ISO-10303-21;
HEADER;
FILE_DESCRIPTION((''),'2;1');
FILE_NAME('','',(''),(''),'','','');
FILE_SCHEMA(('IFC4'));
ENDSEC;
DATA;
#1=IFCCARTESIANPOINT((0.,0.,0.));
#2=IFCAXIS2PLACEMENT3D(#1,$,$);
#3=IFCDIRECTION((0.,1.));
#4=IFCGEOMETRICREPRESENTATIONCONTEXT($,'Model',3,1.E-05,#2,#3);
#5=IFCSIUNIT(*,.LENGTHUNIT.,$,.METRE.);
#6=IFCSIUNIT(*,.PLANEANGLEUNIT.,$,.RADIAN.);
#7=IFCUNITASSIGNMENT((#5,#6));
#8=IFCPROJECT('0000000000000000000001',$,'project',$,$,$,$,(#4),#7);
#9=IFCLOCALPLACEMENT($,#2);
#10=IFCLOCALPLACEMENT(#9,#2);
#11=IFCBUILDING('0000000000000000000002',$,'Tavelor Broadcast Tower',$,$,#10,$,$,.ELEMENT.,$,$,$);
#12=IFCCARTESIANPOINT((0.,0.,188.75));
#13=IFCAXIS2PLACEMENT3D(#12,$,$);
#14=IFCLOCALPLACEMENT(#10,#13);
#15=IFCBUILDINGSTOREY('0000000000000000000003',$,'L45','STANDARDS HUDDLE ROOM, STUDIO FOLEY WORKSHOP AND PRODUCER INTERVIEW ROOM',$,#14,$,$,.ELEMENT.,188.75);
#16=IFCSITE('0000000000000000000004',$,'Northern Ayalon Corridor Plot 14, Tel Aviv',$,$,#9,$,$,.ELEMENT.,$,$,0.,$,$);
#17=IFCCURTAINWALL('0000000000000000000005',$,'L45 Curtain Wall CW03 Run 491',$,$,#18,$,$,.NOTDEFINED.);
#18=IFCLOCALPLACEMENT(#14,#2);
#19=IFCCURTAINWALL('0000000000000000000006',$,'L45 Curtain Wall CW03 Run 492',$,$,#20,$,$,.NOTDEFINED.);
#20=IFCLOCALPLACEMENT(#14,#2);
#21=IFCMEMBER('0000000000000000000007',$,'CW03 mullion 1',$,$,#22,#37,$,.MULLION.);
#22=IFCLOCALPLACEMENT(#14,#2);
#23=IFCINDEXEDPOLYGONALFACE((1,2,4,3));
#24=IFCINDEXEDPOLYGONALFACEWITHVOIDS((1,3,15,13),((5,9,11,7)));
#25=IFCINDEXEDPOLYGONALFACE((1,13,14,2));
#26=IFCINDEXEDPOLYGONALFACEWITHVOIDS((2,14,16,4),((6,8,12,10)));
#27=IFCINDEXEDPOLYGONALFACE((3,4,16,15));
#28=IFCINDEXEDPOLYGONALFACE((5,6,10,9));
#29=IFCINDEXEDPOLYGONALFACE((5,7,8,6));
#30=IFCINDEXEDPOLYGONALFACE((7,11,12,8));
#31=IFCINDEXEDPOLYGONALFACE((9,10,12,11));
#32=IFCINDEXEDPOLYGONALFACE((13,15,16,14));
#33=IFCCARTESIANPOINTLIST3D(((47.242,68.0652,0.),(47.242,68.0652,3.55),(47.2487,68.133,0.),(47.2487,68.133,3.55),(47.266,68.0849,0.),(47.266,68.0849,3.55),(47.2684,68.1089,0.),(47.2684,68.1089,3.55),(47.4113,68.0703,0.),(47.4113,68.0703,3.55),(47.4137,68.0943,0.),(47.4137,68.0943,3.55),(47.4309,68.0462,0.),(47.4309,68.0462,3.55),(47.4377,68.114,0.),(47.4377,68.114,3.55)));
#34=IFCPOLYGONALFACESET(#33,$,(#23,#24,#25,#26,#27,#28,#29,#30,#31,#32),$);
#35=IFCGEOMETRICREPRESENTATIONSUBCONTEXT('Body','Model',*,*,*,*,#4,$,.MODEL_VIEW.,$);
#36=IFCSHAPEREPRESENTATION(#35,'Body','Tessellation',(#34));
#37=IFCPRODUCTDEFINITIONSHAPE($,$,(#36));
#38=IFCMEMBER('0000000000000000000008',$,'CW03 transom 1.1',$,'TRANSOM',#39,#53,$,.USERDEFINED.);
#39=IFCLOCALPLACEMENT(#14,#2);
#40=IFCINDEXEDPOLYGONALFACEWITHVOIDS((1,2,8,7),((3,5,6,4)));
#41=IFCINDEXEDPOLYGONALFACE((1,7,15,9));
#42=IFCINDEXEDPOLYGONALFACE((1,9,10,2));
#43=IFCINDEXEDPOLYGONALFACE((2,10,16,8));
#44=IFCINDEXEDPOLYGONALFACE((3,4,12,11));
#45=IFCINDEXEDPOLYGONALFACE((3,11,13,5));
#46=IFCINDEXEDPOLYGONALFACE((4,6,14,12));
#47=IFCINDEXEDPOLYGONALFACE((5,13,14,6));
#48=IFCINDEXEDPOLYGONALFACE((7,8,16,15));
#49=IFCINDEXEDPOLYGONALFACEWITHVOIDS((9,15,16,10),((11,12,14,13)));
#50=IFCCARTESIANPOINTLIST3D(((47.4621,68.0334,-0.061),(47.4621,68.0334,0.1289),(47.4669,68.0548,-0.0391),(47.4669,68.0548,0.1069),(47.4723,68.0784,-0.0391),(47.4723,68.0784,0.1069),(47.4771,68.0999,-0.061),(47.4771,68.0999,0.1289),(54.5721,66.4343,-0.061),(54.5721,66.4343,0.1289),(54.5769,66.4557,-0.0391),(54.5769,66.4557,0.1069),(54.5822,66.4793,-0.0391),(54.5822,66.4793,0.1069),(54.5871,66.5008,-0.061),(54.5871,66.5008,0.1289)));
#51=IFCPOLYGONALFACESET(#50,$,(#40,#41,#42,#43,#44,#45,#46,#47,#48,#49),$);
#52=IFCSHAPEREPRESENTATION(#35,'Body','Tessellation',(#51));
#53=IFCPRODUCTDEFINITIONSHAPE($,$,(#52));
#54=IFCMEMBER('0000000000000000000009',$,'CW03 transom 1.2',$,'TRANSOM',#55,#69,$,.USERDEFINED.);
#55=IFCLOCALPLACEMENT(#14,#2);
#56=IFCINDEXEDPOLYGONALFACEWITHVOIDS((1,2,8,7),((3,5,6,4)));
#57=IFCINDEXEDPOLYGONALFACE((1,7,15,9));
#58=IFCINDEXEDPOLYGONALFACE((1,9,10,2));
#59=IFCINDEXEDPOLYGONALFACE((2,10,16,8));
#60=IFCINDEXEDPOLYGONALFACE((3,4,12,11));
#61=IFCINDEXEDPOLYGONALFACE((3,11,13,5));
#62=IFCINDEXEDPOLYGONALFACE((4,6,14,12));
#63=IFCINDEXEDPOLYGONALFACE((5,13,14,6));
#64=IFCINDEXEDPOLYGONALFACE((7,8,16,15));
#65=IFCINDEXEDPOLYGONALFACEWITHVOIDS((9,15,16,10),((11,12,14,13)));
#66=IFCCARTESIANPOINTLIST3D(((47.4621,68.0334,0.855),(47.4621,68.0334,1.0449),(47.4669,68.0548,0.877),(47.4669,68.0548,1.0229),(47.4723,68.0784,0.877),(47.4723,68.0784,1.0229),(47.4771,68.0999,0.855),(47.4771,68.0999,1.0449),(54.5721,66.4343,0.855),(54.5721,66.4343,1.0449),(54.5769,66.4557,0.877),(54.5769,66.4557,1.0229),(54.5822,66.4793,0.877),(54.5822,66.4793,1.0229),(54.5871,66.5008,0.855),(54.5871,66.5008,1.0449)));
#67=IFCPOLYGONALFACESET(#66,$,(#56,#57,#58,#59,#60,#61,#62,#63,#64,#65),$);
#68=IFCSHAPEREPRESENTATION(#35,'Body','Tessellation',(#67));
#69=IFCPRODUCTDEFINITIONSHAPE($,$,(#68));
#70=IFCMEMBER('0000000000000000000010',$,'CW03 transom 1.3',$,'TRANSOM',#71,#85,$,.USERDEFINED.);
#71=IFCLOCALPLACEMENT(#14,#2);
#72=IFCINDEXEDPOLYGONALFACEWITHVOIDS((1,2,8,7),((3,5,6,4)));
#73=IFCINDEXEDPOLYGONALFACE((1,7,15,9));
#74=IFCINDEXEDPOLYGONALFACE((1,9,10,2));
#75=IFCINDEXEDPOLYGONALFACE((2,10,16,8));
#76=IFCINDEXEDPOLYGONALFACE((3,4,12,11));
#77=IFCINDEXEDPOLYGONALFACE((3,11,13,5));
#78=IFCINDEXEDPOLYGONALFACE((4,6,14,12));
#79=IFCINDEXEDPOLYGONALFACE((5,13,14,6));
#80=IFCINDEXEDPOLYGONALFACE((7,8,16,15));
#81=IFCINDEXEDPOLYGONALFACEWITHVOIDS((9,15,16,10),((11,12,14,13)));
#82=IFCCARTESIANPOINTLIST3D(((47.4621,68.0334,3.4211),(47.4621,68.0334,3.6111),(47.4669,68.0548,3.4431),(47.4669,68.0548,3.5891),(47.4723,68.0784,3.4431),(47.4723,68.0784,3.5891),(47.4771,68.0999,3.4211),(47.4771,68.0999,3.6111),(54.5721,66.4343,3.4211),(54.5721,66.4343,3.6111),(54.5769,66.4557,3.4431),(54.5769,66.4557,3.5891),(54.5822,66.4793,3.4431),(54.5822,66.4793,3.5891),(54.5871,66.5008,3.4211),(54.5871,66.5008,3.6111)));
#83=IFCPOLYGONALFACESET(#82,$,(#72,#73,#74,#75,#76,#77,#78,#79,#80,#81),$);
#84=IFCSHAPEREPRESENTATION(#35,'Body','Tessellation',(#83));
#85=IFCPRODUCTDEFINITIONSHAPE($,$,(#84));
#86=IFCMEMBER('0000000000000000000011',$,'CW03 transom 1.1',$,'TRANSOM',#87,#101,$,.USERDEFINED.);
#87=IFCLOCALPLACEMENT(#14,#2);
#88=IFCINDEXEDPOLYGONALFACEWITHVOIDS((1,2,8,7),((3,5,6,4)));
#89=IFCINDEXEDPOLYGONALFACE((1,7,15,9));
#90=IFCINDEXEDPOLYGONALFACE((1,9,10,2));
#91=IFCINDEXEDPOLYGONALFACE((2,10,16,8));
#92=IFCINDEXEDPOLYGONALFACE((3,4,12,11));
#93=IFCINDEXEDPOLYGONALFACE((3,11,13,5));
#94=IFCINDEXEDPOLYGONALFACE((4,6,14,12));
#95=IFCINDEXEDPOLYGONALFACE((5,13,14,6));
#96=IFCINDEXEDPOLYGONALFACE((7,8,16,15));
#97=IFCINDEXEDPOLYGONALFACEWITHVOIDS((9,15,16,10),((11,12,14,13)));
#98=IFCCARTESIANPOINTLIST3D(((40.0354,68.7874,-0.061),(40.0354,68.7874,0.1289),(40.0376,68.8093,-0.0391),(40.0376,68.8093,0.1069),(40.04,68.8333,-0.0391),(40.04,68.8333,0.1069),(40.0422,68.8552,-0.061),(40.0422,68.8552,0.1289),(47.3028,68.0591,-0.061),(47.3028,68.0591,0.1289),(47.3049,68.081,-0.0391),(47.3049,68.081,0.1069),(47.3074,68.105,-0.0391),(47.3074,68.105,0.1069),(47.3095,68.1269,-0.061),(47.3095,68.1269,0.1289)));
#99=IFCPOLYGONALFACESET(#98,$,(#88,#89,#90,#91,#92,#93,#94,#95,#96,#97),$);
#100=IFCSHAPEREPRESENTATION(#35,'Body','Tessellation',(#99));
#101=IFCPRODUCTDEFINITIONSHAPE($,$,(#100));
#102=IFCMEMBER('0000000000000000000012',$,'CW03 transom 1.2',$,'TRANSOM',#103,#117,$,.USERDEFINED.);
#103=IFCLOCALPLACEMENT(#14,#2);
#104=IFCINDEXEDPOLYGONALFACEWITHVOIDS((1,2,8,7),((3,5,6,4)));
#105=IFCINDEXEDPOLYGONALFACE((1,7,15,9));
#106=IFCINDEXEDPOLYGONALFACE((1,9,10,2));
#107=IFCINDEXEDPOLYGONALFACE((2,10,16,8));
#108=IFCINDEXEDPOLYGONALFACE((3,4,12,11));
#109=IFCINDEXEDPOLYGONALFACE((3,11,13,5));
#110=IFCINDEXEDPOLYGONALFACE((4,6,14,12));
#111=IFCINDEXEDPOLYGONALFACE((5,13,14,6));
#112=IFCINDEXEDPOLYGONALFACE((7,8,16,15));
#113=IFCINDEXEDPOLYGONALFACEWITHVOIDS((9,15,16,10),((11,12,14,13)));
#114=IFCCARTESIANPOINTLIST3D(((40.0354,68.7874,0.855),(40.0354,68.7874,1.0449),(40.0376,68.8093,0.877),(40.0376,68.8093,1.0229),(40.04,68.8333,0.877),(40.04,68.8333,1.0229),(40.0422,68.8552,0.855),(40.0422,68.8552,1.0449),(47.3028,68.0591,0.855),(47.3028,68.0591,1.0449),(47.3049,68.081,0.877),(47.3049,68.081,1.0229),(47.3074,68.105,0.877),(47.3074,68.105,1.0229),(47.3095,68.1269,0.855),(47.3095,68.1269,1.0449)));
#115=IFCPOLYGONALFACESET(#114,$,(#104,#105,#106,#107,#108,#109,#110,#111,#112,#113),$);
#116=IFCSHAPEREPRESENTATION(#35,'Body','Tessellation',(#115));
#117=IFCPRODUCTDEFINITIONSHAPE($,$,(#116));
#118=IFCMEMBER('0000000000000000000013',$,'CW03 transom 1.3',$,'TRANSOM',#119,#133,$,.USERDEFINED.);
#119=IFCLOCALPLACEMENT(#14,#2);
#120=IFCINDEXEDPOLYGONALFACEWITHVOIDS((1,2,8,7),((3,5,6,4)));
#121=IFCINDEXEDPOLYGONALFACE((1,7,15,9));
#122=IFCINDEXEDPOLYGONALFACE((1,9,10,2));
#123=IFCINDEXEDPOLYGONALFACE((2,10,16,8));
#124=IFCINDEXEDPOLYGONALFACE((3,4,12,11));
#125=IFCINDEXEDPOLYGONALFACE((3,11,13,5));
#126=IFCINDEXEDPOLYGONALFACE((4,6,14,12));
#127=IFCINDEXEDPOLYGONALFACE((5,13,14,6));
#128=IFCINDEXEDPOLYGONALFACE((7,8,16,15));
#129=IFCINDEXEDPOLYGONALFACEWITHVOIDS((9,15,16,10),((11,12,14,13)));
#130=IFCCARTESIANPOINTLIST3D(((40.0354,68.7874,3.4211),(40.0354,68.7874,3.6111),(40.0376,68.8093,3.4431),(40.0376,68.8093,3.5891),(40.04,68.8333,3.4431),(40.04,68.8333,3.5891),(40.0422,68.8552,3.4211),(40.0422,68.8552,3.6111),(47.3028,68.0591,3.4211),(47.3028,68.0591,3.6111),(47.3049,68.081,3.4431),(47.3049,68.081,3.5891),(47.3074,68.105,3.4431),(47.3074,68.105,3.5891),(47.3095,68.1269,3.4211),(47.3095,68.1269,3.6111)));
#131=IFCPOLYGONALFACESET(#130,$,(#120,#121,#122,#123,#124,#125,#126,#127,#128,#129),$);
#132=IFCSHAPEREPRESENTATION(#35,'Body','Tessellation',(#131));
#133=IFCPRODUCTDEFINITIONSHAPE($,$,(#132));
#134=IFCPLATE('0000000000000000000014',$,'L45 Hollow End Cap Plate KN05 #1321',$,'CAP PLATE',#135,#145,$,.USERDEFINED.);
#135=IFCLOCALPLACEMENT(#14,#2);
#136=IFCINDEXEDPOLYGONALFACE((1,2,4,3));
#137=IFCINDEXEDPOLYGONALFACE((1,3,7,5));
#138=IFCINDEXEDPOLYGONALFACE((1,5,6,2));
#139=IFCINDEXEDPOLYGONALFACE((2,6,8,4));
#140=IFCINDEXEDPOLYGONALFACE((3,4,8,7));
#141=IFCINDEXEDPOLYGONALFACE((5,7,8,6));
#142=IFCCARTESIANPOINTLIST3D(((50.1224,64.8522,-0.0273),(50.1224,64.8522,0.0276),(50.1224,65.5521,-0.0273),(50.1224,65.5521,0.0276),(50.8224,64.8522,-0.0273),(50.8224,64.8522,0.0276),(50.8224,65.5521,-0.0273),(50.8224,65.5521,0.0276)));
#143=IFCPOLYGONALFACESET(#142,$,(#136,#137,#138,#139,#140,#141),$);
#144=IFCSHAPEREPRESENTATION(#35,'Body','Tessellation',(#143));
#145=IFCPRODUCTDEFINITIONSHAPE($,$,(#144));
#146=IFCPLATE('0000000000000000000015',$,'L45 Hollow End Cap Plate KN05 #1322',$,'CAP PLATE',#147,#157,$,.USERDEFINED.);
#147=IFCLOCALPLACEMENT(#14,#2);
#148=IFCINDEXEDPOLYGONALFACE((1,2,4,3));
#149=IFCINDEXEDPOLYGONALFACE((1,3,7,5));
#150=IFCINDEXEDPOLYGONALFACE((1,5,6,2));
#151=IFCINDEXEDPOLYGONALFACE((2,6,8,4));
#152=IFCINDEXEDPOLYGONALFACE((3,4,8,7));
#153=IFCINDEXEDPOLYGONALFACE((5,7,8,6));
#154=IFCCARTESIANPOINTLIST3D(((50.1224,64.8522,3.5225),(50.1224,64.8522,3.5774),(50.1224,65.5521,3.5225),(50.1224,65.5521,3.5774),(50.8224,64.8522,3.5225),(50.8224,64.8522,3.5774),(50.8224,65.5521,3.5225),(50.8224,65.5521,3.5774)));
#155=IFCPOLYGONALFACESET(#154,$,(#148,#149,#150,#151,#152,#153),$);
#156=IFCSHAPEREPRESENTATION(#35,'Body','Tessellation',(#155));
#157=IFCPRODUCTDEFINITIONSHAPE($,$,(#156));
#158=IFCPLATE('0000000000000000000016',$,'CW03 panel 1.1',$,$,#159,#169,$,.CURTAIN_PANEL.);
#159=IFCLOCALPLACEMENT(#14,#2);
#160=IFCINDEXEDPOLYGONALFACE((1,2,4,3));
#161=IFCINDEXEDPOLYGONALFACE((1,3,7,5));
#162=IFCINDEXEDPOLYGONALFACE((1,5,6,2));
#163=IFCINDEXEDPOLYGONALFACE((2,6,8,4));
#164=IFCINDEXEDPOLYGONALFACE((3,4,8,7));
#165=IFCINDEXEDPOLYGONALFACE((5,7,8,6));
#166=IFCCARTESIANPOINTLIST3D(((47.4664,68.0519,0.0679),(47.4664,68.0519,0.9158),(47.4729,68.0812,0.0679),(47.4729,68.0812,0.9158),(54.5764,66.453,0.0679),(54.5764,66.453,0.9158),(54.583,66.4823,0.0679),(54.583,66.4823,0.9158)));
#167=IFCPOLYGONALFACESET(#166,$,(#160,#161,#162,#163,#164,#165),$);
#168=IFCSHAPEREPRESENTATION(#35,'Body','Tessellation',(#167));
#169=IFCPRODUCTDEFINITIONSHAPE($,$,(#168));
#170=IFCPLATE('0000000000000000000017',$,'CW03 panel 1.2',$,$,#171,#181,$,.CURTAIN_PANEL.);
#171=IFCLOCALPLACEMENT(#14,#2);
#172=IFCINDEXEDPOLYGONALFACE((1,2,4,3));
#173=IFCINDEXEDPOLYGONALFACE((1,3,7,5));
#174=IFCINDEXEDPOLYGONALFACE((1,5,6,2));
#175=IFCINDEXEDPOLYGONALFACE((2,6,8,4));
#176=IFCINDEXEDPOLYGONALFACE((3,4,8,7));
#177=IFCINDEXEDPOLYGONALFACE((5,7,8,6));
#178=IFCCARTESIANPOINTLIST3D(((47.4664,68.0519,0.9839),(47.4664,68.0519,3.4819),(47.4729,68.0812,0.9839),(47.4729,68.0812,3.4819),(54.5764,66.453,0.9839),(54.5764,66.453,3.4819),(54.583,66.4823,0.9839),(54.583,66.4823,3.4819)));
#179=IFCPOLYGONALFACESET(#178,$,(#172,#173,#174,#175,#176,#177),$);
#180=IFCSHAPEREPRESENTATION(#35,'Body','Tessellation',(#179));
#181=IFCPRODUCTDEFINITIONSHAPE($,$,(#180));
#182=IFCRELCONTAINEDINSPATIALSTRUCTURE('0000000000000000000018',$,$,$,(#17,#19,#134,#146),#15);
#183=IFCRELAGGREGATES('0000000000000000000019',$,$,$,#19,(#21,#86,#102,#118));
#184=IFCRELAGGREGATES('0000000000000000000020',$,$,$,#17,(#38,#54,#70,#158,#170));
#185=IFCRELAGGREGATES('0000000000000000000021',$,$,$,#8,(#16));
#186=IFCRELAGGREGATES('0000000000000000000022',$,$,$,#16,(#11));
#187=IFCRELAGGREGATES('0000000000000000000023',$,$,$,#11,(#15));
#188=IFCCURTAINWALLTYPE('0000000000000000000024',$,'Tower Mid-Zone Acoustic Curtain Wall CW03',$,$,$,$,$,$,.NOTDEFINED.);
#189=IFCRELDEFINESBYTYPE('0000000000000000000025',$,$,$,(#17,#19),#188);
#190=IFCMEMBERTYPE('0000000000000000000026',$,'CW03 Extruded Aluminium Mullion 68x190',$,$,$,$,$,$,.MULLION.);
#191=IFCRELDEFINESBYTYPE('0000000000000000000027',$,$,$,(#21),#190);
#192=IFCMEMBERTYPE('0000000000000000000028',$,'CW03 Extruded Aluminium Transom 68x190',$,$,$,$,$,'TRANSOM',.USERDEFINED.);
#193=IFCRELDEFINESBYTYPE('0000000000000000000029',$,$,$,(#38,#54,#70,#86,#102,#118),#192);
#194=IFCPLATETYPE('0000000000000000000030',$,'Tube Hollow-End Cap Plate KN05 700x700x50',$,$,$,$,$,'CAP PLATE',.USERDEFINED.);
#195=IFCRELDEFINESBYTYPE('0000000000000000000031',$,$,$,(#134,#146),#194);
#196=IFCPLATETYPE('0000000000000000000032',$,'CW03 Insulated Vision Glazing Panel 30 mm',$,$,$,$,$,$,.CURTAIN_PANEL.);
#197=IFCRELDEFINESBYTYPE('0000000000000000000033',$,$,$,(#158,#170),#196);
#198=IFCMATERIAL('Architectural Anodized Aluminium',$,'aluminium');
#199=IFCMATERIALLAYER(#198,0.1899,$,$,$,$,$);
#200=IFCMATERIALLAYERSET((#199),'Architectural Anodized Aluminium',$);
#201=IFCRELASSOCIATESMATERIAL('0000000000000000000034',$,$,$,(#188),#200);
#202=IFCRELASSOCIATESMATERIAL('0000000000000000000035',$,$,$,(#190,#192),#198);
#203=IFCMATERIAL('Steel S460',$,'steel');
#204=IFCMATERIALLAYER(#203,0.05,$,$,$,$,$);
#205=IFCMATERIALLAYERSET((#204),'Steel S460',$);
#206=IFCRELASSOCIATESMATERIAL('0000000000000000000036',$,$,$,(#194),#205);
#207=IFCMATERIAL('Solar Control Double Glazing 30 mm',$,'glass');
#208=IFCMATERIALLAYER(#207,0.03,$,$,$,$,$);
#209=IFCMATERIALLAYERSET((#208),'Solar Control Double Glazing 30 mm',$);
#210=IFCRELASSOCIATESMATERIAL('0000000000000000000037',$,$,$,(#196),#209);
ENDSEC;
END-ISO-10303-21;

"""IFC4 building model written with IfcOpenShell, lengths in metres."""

from ifc_helpers import new_model, si_unit, direction, frame, origin, origin_2d, place, context, subcontext, project, spatial, rectangle, hollow_rectangle, extrude, source, transform, mapped, material, layer, layer_set, material_profile, profile_set, type_object, type_shapes, element, aggregate, save


model = new_model("IFC4")

# Units and contexts
model_context = context("Model", 3, precision=1e-05, world=origin(), true_north=direction((0.0, 1.0)))
body_context = subcontext(model_context, "Body", "Model", "MODEL_VIEW")
ifc_project = project(units=[si_unit("LENGTHUNIT", "METRE"), si_unit("PLANEANGLEUNIT", "RADIAN")], contexts=[model_context])

# Site, building, storey
site_placement = place(None, origin())
site = spatial("IfcSite", under=ifc_project, at=site_placement, Name="Northern Ayalon Corridor Plot 14, Tel Aviv", CompositionType="ELEMENT", RefElevation=0.0)
building_placement = place(site_placement, origin())
building = spatial("IfcBuilding", under=site, at=building_placement, Name="Tavelor Broadcast Tower", CompositionType="ELEMENT")
storey_placement = place(building_placement, frame((0.0, 0.0, 188.75)))
storey = spatial("IfcBuildingStorey", under=building, at=storey_placement, Name="L45", Description="STANDARDS HUDDLE ROOM, STUDIO FOLEY WORKSHOP AND PRODUCER INTERVIEW ROOM", CompositionType="ELEMENT", Elevation=188.75)

# Shared definitions
ifc_material_1 = material(Name="Steel S460", Category="steel")

# Shared definitions
ifc_material_2 = material(Name="Architectural Anodized Aluminium", Category="aluminium")
ifc_layer_1 = layer(ifc_material_2, 0.1899)
ifc_layer_set_1 = layer_set([ifc_layer_1], Name="Architectural Anodized Aluminium")
curtain_wall_type = type_object("IfcCurtainWallType", Name="Tower Mid-Zone Acoustic Curtain Wall CW03", PredefinedType="NOTDEFINED", material=ifc_layer_set_1)
ifc_material_profile_1 = material_profile(ifc_material_2, hollow_rectangle(XDim=0.0681, YDim=0.1899, WallThickness=0.022, at=origin_2d()), Name="RHS 68x190x22")
ifc_profile_set_1 = profile_set([ifc_material_profile_1], Name="Architectural Anodized Aluminium")
member_type_1 = type_object("IfcMemberType", Name="CW03 Extruded Aluminium Mullion 68x190", PredefinedType="MULLION", material=ifc_profile_set_1)
shared_shape_1 = source(origin(), body_context, "Body", "SweptSolid", [
    extrude(hollow_rectangle(XDim=0.0681, YDim=0.1899, WallThickness=0.022, at=origin_2d()), origin(), (0.0, 0.0, 1.0), 3.55),
])
type_shapes(member_type_1, [shared_shape_1])

# Curtain wall
curtain_wall_1_placement = place(storey_placement, origin())
curtain_wall_1 = element("IfcCurtainWall", 1, at=curtain_wall_1_placement, inside=storey, type_object=curtain_wall_type, Name="L45 Curtain Wall CW03 Run 491", PredefinedType="NOTDEFINED")

# Curtain wall, member
curtain_wall_2_placement = place(storey_placement, origin())
curtain_wall_2 = element("IfcCurtainWall", 2, at=curtain_wall_2_placement, inside=storey, type_object=curtain_wall_type, Name="L45 Curtain Wall CW03 Run 492", PredefinedType="NOTDEFINED")
member_1_placement = place(storey_placement, frame((47.3398, 68.0896, 0.0), z_axis=(0.0, 0.0, 1.0), x_axis=(-0.099723, -0.995015, 0.0)))
member_1 = element("IfcMember", 3, at=member_1_placement, type_object=member_type_1, Name="CW03 mullion 1", PredefinedType="MULLION", context=body_context, shape_type="MappedRepresentation", body=[
    mapped(shared_shape_1, transform((0.0, 0.0, 0.0), scale=1.0)),
])

# Members
ifc_material_profile_2 = material_profile(ifc_material_2, hollow_rectangle(XDim=0.0681, YDim=0.1899, WallThickness=0.022, at=origin_2d()), Name="RHS 68x190x22")
ifc_profile_set_2 = profile_set([ifc_material_profile_2], Name="Architectural Anodized Aluminium")
member_type_2 = type_object("IfcMemberType", Name="CW03 Extruded Aluminium Transom 68x190", ElementType="TRANSOM", PredefinedType="USERDEFINED", material=ifc_profile_set_2)
shared_shape_2 = source(origin(), body_context, "Body", "SweptSolid", [
    extrude(hollow_rectangle(XDim=0.0681, YDim=0.1899, WallThickness=0.022, at=origin_2d()), origin(), (0.0, 0.0, 1.0), 7.2876),
])
member_2_placement = place(storey_placement, frame((54.5796, 66.4675, 0.0339), z_axis=(-0.975629, 0.219427, 0.0), x_axis=(-0.219427, -0.975629, 0.0)))
member_2 = element("IfcMember", 4, at=member_2_placement, type_object=member_type_2, Name="CW03 transom 1.1", ObjectType="TRANSOM", PredefinedType="USERDEFINED", context=body_context, shape_type="MappedRepresentation", body=[
    mapped(shared_shape_2, transform((0.0, 0.0, 0.0), scale=1.0)),
])
member_3_placement = place(storey_placement, frame((54.5796, 66.4675, 0.95), z_axis=(-0.975629, 0.219427, 0.0), x_axis=(-0.219427, -0.975629, 0.0)))
member_3 = element("IfcMember", 5, at=member_3_placement, type_object=member_type_2, Name="CW03 transom 1.2", ObjectType="TRANSOM", PredefinedType="USERDEFINED", context=body_context, shape_type="MappedRepresentation", body=[
    mapped(shared_shape_2, transform((0.0, 0.0, 0.0), scale=1.0)),
])
member_4_placement = place(storey_placement, frame((54.5796, 66.4675, 3.5161), z_axis=(-0.975629, 0.219427, 0.0), x_axis=(-0.219427, -0.975629, 0.0)))
member_4 = element("IfcMember", 6, at=member_4_placement, type_object=member_type_2, Name="CW03 transom 1.3", ObjectType="TRANSOM", PredefinedType="USERDEFINED", context=body_context, shape_type="MappedRepresentation", body=[
    mapped(shared_shape_2, transform((0.0, 0.0, 0.0), scale=1.0)),
])
shared_shape_3 = source(origin(), body_context, "Body", "SweptSolid", [
    extrude(hollow_rectangle(XDim=0.0681, YDim=0.1899, WallThickness=0.022, at=origin_2d()), origin(), (0.0, 0.0, 1.0), 7.3037),
])
type_shapes(member_type_2, [shared_shape_2, shared_shape_3])
member_5_placement = place(storey_placement, frame((47.3062, 68.093, 0.0339), z_axis=(-0.995016, 0.099712, 0.0), x_axis=(-0.099712, -0.995016, 0.0)))
member_5 = element("IfcMember", 7, at=member_5_placement, type_object=member_type_2, Name="CW03 transom 1.1", ObjectType="TRANSOM", PredefinedType="USERDEFINED", context=body_context, shape_type="MappedRepresentation", body=[
    mapped(shared_shape_3, transform((0.0, 0.0, 0.0), scale=1.0)),
])
member_6_placement = place(storey_placement, frame((47.3062, 68.093, 0.95), z_axis=(-0.995016, 0.099712, 0.0), x_axis=(-0.099712, -0.995016, 0.0)))
member_6 = element("IfcMember", 8, at=member_6_placement, type_object=member_type_2, Name="CW03 transom 1.2", ObjectType="TRANSOM", PredefinedType="USERDEFINED", context=body_context, shape_type="MappedRepresentation", body=[
    mapped(shared_shape_3, transform((0.0, 0.0, 0.0), scale=1.0)),
])
member_7_placement = place(storey_placement, frame((47.3062, 68.093, 3.5161), z_axis=(-0.995016, 0.099712, 0.0), x_axis=(-0.099712, -0.995016, 0.0)))
member_7 = element("IfcMember", 9, at=member_7_placement, type_object=member_type_2, Name="CW03 transom 1.3", ObjectType="TRANSOM", PredefinedType="USERDEFINED", context=body_context, shape_type="MappedRepresentation", body=[
    mapped(shared_shape_3, transform((0.0, 0.0, 0.0), scale=1.0)),
])
aggregate(curtain_wall_2, [member_1, member_5, member_6, member_7])

# Plates
ifc_layer_2 = layer(ifc_material_1, 0.05)
ifc_layer_set_2 = layer_set([ifc_layer_2], Name="Steel S460")
plate_type_1 = type_object("IfcPlateType", Name="Tube Hollow-End Cap Plate KN05 700x700x50", ElementType="CAP PLATE", PredefinedType="USERDEFINED", material=ifc_layer_set_2)
shared_shape_4 = source(origin(), body_context, "Body", "SweptSolid", [
    extrude(rectangle(XDim=0.7, YDim=0.7, at=origin_2d()), origin(), (0.0, 0.0, 1.0), 0.0549),
])
type_shapes(plate_type_1, [shared_shape_4])
for number, where, z_axis, x_axis, name in (
    (10, (50.4724, 65.2021, -0.0273), (0.0, 0.0, 1.0), (1.0, 0.0, 0.0), "L45 Hollow End Cap Plate KN05 #1321"),
    (11, (50.4724, 65.2021, 3.5225), (0.0, 0.0, 1.0), (1.0, 0.0, 0.0), "L45 Hollow End Cap Plate KN05 #1322"),
):
    element("IfcPlate", number, at=place(storey_placement, frame(where, z_axis=z_axis, x_axis=x_axis)), inside=storey, type_object=plate_type_1, Name=name, ObjectType="CAP PLATE", PredefinedType="USERDEFINED", context=body_context, shape_type="MappedRepresentation", body=[
        mapped(shared_shape_4, transform((0.0, 0.0, 0.0), scale=1.0)),
    ])

# Plates
ifc_material_3 = material(Name="Solar Control Double Glazing 30 mm", Category="glass")
ifc_layer_3 = layer(ifc_material_3, 0.03)
ifc_layer_set_3 = layer_set([ifc_layer_3], Name="Solar Control Double Glazing 30 mm")
plate_type_2 = type_object("IfcPlateType", Name="CW03 Insulated Vision Glazing Panel 30 mm", PredefinedType="CURTAIN_PANEL", material=ifc_layer_set_3)
shared_shape_5 = source(origin(), body_context, "Body", "SweptSolid", [
    extrude(rectangle(XDim=7.2876, YDim=0.03, at=origin_2d()), origin(), (0.0, 0.0, 1.0), 0.8479),
])
plate_1_placement = place(storey_placement, frame((51.0247, 67.2671, 0.0679), z_axis=(0.0, 0.0, 1.0), x_axis=(-0.975634, 0.219406, 0.0)))
plate_1 = element("IfcPlate", 12, at=plate_1_placement, type_object=plate_type_2, Name="CW03 panel 1.1", PredefinedType="CURTAIN_PANEL", context=body_context, shape_type="MappedRepresentation", body=[
    mapped(shared_shape_5, transform((0.0, 0.0, 0.0), scale=1.0)),
])
shared_shape_6 = source(origin(), body_context, "Body", "SweptSolid", [
    extrude(rectangle(XDim=7.2876, YDim=0.03, at=origin_2d()), origin(), (0.0, 0.0, 1.0), 2.498),
])
type_shapes(plate_type_2, [shared_shape_5, shared_shape_6])
plate_2_placement = place(storey_placement, frame((51.0247, 67.2671, 0.9839), z_axis=(0.0, 0.0, 1.0), x_axis=(-0.975634, 0.219406, 0.0)))
plate_2 = element("IfcPlate", 13, at=plate_2_placement, type_object=plate_type_2, Name="CW03 panel 1.2", PredefinedType="CURTAIN_PANEL", context=body_context, shape_type="MappedRepresentation", body=[
    mapped(shared_shape_6, transform((0.0, 0.0, 0.0), scale=1.0)),
])
aggregate(curtain_wall_1, [member_2, member_3, member_4, plate_1, plate_2])

save(model, "model.ifc")
